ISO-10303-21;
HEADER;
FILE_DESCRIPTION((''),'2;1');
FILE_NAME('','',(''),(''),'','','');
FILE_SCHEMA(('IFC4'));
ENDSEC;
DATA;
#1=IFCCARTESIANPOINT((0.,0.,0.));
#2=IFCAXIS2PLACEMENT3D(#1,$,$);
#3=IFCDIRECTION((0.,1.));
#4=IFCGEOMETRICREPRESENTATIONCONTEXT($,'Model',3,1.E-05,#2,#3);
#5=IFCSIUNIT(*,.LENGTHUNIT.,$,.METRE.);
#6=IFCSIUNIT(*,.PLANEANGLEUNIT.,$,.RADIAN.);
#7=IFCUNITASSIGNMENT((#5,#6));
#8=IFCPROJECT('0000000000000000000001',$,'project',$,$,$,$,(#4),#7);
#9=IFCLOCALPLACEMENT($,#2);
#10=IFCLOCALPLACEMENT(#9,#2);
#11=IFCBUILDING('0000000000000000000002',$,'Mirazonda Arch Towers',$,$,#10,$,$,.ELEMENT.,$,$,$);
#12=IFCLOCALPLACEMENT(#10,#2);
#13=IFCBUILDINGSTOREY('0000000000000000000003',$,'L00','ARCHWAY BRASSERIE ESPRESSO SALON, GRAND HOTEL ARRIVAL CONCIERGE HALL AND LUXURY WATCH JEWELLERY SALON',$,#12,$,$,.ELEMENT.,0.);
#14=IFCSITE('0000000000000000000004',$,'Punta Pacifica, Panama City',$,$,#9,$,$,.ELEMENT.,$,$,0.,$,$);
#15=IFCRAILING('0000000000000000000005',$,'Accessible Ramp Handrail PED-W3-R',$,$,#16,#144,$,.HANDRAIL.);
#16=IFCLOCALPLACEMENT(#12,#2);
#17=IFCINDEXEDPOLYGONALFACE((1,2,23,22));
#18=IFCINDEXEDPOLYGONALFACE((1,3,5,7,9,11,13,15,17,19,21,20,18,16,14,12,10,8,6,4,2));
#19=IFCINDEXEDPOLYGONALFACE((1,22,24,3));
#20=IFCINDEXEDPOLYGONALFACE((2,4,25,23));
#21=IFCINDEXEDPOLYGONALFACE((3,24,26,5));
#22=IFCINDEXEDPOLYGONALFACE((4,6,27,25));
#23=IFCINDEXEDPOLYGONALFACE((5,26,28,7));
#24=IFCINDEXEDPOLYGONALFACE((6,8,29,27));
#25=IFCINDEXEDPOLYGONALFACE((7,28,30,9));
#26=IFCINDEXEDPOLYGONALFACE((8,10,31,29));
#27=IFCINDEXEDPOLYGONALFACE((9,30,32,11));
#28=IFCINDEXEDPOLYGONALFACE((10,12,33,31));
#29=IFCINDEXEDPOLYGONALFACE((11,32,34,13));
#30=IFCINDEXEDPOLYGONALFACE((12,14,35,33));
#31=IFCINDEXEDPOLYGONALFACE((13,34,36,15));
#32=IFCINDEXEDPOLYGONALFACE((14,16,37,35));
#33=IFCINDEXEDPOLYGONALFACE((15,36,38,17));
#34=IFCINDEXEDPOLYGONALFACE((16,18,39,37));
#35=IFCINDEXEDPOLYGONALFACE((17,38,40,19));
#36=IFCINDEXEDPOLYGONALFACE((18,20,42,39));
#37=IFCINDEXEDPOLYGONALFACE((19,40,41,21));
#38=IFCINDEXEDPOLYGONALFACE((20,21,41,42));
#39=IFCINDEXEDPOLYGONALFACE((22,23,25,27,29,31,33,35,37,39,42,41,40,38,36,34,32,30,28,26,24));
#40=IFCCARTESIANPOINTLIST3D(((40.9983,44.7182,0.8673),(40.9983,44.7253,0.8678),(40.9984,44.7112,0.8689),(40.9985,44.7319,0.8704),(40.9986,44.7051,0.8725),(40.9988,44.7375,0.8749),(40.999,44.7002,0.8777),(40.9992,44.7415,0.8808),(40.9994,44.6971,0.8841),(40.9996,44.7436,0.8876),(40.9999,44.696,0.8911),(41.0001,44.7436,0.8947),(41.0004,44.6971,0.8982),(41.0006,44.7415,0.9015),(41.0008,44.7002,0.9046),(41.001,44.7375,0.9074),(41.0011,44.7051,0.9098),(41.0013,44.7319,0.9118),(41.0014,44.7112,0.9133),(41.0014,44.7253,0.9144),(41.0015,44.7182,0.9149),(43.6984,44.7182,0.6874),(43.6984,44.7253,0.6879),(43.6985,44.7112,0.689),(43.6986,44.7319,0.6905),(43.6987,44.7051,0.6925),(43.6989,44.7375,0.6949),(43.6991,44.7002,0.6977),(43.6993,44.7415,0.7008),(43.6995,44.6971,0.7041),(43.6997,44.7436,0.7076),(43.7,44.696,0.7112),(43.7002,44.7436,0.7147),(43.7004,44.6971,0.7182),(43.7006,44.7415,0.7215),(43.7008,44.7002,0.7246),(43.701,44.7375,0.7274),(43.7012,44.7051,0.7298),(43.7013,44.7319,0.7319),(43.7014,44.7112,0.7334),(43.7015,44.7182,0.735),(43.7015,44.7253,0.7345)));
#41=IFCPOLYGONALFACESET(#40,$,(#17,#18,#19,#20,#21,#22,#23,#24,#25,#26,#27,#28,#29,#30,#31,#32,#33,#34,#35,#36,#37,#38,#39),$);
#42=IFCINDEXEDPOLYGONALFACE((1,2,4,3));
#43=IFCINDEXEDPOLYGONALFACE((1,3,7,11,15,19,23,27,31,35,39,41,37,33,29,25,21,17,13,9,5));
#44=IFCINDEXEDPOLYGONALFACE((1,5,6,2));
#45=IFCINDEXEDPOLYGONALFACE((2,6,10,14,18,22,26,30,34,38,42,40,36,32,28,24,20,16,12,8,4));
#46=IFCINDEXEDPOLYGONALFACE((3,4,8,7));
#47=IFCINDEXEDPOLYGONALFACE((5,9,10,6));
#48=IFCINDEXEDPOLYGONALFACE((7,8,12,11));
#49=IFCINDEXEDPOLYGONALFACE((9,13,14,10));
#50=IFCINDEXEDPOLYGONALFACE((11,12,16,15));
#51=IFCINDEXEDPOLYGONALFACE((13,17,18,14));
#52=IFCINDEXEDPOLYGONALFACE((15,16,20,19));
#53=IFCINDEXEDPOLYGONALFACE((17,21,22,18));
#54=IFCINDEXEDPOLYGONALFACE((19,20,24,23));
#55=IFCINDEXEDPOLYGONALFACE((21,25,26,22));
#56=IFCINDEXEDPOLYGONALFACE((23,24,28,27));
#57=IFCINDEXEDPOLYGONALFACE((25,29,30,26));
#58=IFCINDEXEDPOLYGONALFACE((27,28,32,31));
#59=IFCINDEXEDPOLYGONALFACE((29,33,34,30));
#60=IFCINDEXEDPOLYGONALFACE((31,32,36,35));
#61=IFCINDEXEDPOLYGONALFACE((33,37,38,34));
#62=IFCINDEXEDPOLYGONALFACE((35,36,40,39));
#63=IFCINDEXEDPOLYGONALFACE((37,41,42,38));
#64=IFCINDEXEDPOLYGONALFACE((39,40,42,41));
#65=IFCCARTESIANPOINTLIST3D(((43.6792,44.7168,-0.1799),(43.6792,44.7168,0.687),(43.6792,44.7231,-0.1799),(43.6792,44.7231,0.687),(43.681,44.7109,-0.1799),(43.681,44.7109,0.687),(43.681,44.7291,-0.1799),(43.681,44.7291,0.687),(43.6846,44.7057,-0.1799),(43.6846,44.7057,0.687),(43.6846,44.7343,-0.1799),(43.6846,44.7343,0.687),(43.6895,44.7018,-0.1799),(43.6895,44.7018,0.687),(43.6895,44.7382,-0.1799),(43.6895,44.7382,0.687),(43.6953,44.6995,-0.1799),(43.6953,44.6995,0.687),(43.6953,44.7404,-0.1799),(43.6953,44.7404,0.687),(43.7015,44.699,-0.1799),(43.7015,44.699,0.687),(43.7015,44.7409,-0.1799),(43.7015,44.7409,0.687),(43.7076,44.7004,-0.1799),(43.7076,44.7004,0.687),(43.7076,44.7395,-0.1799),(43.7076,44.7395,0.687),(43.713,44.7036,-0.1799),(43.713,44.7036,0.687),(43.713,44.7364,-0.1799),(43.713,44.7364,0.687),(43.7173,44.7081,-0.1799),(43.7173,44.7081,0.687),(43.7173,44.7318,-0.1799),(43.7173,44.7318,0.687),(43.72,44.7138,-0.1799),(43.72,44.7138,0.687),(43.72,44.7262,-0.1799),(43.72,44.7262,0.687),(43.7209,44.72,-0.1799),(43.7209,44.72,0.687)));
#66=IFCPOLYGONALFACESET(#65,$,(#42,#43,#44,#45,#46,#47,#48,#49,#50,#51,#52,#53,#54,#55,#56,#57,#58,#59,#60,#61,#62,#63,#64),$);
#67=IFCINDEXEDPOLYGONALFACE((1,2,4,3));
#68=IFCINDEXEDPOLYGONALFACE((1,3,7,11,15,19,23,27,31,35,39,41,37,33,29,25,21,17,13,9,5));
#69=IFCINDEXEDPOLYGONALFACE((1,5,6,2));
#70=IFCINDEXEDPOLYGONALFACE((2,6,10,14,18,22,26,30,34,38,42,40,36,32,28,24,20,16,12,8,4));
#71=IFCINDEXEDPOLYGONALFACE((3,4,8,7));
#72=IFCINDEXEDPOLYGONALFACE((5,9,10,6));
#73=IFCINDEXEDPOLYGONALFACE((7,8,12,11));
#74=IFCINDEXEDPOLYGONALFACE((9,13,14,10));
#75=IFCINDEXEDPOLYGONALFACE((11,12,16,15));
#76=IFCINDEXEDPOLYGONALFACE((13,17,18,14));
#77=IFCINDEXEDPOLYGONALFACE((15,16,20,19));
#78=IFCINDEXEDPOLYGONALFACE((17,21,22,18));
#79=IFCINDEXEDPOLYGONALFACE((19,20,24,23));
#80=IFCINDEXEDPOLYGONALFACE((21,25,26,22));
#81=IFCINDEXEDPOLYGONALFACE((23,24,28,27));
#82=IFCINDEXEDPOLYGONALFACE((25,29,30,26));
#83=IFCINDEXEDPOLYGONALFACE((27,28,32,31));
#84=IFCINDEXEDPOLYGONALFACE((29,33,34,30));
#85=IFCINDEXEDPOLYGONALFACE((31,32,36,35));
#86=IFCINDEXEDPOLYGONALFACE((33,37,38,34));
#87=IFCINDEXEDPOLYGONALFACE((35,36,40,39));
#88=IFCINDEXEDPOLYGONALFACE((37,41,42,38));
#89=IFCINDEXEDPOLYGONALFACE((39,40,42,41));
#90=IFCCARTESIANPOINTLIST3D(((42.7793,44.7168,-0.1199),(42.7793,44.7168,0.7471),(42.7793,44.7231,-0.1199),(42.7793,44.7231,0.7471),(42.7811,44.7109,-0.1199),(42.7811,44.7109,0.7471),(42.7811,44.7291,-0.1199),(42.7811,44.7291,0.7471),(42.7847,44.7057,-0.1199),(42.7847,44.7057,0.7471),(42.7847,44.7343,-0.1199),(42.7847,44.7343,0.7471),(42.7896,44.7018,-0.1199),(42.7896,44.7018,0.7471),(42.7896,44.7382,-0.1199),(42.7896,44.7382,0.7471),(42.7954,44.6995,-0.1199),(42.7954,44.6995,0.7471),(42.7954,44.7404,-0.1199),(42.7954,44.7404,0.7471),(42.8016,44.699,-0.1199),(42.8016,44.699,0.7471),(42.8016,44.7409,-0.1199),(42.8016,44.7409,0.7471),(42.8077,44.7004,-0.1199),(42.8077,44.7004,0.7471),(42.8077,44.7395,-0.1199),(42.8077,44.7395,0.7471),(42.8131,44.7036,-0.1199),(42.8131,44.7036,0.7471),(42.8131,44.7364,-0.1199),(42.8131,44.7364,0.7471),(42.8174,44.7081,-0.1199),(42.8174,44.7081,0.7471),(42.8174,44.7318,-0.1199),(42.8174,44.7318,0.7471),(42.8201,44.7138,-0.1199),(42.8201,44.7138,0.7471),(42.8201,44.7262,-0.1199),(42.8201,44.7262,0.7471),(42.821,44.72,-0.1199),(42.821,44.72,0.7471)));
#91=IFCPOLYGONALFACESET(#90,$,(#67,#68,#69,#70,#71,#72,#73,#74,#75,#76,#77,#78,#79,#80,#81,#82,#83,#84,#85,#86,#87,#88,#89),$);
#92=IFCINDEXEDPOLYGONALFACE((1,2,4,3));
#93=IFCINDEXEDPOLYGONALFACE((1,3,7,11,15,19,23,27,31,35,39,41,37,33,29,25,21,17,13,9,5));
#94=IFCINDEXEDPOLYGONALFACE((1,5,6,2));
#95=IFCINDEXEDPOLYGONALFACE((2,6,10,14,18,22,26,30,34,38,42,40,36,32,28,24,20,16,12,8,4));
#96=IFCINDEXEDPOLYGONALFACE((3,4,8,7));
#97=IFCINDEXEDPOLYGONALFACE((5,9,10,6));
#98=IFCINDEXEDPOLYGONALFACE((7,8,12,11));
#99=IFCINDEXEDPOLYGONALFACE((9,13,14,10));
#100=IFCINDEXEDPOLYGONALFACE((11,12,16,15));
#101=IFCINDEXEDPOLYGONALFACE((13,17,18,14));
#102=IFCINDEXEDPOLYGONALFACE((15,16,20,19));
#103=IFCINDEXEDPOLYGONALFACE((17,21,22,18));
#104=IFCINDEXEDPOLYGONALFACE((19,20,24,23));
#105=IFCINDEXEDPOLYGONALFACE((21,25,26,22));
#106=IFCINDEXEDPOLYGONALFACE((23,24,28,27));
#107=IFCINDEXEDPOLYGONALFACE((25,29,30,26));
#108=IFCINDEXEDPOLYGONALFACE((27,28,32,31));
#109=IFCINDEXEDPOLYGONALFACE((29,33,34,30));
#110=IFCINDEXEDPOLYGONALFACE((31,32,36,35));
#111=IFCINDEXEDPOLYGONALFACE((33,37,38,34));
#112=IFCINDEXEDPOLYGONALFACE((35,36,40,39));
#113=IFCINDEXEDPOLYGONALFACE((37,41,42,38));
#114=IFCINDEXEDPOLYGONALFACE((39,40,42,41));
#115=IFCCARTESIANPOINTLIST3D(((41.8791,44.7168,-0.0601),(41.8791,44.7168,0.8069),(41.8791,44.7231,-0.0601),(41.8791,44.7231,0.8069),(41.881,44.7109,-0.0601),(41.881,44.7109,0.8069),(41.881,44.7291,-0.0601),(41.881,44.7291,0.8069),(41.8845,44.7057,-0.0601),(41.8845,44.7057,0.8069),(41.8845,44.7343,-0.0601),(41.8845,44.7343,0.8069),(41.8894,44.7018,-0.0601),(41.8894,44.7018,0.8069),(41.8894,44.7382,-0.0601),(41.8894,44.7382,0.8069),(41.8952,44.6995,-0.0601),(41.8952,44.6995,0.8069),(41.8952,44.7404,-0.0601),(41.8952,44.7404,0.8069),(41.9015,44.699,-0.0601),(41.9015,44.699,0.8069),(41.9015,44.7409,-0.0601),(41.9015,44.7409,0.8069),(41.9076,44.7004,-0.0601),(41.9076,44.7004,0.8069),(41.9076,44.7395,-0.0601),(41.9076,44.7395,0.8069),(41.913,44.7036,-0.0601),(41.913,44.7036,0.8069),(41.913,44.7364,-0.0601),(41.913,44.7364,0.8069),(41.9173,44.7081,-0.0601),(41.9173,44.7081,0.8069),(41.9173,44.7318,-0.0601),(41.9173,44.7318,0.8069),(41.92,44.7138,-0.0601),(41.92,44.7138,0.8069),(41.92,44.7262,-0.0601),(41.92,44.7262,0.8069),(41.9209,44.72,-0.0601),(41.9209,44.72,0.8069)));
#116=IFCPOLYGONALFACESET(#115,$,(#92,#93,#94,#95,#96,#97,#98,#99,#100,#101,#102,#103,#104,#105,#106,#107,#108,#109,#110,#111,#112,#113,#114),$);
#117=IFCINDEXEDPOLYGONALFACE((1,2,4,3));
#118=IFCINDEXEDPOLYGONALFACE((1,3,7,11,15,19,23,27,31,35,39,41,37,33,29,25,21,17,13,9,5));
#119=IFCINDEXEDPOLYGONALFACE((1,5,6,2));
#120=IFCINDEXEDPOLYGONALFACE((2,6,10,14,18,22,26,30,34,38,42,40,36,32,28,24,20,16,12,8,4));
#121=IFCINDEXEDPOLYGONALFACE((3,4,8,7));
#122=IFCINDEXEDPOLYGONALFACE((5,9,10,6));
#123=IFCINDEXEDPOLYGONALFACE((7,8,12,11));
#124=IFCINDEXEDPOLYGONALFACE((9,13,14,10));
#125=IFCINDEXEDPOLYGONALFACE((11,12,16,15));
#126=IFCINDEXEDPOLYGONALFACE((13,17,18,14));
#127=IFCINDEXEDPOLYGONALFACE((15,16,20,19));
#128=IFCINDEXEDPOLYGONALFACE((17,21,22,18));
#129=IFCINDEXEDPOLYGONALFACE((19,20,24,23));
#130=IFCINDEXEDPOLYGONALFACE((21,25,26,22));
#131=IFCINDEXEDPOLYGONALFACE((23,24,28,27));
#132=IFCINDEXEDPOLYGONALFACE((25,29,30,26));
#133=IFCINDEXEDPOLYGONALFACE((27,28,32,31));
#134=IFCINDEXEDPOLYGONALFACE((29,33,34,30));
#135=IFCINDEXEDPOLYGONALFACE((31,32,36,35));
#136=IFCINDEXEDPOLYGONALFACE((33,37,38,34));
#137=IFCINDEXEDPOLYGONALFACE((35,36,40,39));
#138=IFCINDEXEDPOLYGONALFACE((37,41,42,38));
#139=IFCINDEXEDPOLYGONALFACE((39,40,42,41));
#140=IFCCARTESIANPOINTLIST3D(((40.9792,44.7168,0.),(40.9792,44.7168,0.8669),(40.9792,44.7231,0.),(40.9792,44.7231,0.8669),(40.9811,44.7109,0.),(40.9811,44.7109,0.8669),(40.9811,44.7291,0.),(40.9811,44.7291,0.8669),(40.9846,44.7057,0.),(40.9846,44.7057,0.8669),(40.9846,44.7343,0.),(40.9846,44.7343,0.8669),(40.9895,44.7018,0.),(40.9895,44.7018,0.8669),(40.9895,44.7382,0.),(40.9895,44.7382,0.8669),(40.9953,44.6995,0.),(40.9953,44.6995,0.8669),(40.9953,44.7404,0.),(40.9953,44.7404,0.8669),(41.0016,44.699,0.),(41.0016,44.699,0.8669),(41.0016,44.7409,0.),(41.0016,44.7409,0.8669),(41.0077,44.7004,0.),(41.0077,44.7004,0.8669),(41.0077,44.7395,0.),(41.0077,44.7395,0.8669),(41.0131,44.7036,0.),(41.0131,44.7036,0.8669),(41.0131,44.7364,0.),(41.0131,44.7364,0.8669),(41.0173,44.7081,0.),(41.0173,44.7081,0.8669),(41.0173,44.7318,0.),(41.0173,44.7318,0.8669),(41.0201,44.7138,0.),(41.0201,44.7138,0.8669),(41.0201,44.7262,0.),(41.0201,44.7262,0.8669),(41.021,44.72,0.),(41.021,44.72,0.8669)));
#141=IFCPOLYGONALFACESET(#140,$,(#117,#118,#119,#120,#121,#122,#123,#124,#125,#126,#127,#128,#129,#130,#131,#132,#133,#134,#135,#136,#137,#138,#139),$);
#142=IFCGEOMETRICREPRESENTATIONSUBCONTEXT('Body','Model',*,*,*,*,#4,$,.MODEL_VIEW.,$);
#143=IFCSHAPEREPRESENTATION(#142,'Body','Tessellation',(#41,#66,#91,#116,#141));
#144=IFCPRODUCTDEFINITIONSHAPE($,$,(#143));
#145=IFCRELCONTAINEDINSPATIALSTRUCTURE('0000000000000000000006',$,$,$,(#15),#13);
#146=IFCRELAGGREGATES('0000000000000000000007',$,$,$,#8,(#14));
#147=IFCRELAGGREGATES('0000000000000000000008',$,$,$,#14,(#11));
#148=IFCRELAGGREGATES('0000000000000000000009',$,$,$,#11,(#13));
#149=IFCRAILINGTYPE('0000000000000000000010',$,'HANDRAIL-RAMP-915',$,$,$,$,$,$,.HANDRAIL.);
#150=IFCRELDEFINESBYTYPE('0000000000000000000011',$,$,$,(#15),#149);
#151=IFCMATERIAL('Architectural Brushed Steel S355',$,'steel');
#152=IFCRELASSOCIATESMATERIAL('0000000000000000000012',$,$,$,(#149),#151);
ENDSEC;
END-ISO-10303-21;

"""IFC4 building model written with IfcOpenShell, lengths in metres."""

from ifc_helpers import new_model, si_unit, direction, frame, origin, origin_2d, place, context, subcontext, project, spatial, circle, extrude, material, type_object, element, save


model = new_model("IFC4")

# Units and contexts
model_context = context("Model", 3, precision=1e-05, world=origin(), true_north=direction((0.0, 1.0)))
body_context = subcontext(model_context, "Body", "Model", "MODEL_VIEW")
ifc_project = project(units=[si_unit("LENGTHUNIT", "METRE"), si_unit("PLANEANGLEUNIT", "RADIAN")], contexts=[model_context])

# Site, building, storey
site_placement = place(None, origin())
site = spatial("IfcSite", under=ifc_project, at=site_placement, Name="Punta Pacifica, Panama City", CompositionType="ELEMENT", RefElevation=0.0)
building_placement = place(site_placement, origin())
building = spatial("IfcBuilding", under=site, at=building_placement, Name="Mirazonda Arch Towers", CompositionType="ELEMENT")
storey_placement = place(building_placement, origin())
storey = spatial("IfcBuildingStorey", under=building, at=storey_placement, Name="L00", Description="ARCHWAY BRASSERIE ESPRESSO SALON, GRAND HOTEL ARRIVAL CONCIERGE HALL AND LUXURY WATCH JEWELLERY SALON", CompositionType="ELEMENT", Elevation=0.0)

# Railing
ifc_material_1 = material(Name="Architectural Brushed Steel S355", Category="steel")
railing_type_1 = type_object("IfcRailingType", Name="HANDRAIL-RAMP-915", PredefinedType="HANDRAIL", material=ifc_material_1)
for number, where, name in (
    (1, (43.7, 44.72, -0.1799), "Accessible Ramp Handrail PED-W3-R"),
):
    element("IfcRailing", number, at=place(storey_placement, frame(where)), inside=storey, type_object=railing_type_1, Name=name, PredefinedType="HANDRAIL", context=body_context, shape_type="SweptSolid", body=[
        extrude(circle(Radius=0.0239, at=origin_2d()), frame((0.0, 0.0, 0.8911), z_axis=(-0.997787, 0.0, 0.066495), x_axis=(0.0, -1.0, 0.0)), (0.0, 0.0, 1.0), 2.7061),
        extrude(circle(Radius=0.021, at=origin_2d()), origin(), (0.0, 0.0, 1.0), 0.8669),
        extrude(circle(Radius=0.021, at=origin_2d()), frame((-0.8999, 0.0, 0.0601)), (0.0, 0.0, 1.0), 0.8669),
        extrude(circle(Radius=0.021, at=origin_2d()), frame((-1.8, 0.0, 0.1199)), (0.0, 0.0, 1.0), 0.8669),
        extrude(circle(Radius=0.021, at=origin_2d()), frame((-2.7, 0.0, 0.1799)), (0.0, 0.0, 1.0), 0.8669),
    ])

save(model, "model.ifc")
